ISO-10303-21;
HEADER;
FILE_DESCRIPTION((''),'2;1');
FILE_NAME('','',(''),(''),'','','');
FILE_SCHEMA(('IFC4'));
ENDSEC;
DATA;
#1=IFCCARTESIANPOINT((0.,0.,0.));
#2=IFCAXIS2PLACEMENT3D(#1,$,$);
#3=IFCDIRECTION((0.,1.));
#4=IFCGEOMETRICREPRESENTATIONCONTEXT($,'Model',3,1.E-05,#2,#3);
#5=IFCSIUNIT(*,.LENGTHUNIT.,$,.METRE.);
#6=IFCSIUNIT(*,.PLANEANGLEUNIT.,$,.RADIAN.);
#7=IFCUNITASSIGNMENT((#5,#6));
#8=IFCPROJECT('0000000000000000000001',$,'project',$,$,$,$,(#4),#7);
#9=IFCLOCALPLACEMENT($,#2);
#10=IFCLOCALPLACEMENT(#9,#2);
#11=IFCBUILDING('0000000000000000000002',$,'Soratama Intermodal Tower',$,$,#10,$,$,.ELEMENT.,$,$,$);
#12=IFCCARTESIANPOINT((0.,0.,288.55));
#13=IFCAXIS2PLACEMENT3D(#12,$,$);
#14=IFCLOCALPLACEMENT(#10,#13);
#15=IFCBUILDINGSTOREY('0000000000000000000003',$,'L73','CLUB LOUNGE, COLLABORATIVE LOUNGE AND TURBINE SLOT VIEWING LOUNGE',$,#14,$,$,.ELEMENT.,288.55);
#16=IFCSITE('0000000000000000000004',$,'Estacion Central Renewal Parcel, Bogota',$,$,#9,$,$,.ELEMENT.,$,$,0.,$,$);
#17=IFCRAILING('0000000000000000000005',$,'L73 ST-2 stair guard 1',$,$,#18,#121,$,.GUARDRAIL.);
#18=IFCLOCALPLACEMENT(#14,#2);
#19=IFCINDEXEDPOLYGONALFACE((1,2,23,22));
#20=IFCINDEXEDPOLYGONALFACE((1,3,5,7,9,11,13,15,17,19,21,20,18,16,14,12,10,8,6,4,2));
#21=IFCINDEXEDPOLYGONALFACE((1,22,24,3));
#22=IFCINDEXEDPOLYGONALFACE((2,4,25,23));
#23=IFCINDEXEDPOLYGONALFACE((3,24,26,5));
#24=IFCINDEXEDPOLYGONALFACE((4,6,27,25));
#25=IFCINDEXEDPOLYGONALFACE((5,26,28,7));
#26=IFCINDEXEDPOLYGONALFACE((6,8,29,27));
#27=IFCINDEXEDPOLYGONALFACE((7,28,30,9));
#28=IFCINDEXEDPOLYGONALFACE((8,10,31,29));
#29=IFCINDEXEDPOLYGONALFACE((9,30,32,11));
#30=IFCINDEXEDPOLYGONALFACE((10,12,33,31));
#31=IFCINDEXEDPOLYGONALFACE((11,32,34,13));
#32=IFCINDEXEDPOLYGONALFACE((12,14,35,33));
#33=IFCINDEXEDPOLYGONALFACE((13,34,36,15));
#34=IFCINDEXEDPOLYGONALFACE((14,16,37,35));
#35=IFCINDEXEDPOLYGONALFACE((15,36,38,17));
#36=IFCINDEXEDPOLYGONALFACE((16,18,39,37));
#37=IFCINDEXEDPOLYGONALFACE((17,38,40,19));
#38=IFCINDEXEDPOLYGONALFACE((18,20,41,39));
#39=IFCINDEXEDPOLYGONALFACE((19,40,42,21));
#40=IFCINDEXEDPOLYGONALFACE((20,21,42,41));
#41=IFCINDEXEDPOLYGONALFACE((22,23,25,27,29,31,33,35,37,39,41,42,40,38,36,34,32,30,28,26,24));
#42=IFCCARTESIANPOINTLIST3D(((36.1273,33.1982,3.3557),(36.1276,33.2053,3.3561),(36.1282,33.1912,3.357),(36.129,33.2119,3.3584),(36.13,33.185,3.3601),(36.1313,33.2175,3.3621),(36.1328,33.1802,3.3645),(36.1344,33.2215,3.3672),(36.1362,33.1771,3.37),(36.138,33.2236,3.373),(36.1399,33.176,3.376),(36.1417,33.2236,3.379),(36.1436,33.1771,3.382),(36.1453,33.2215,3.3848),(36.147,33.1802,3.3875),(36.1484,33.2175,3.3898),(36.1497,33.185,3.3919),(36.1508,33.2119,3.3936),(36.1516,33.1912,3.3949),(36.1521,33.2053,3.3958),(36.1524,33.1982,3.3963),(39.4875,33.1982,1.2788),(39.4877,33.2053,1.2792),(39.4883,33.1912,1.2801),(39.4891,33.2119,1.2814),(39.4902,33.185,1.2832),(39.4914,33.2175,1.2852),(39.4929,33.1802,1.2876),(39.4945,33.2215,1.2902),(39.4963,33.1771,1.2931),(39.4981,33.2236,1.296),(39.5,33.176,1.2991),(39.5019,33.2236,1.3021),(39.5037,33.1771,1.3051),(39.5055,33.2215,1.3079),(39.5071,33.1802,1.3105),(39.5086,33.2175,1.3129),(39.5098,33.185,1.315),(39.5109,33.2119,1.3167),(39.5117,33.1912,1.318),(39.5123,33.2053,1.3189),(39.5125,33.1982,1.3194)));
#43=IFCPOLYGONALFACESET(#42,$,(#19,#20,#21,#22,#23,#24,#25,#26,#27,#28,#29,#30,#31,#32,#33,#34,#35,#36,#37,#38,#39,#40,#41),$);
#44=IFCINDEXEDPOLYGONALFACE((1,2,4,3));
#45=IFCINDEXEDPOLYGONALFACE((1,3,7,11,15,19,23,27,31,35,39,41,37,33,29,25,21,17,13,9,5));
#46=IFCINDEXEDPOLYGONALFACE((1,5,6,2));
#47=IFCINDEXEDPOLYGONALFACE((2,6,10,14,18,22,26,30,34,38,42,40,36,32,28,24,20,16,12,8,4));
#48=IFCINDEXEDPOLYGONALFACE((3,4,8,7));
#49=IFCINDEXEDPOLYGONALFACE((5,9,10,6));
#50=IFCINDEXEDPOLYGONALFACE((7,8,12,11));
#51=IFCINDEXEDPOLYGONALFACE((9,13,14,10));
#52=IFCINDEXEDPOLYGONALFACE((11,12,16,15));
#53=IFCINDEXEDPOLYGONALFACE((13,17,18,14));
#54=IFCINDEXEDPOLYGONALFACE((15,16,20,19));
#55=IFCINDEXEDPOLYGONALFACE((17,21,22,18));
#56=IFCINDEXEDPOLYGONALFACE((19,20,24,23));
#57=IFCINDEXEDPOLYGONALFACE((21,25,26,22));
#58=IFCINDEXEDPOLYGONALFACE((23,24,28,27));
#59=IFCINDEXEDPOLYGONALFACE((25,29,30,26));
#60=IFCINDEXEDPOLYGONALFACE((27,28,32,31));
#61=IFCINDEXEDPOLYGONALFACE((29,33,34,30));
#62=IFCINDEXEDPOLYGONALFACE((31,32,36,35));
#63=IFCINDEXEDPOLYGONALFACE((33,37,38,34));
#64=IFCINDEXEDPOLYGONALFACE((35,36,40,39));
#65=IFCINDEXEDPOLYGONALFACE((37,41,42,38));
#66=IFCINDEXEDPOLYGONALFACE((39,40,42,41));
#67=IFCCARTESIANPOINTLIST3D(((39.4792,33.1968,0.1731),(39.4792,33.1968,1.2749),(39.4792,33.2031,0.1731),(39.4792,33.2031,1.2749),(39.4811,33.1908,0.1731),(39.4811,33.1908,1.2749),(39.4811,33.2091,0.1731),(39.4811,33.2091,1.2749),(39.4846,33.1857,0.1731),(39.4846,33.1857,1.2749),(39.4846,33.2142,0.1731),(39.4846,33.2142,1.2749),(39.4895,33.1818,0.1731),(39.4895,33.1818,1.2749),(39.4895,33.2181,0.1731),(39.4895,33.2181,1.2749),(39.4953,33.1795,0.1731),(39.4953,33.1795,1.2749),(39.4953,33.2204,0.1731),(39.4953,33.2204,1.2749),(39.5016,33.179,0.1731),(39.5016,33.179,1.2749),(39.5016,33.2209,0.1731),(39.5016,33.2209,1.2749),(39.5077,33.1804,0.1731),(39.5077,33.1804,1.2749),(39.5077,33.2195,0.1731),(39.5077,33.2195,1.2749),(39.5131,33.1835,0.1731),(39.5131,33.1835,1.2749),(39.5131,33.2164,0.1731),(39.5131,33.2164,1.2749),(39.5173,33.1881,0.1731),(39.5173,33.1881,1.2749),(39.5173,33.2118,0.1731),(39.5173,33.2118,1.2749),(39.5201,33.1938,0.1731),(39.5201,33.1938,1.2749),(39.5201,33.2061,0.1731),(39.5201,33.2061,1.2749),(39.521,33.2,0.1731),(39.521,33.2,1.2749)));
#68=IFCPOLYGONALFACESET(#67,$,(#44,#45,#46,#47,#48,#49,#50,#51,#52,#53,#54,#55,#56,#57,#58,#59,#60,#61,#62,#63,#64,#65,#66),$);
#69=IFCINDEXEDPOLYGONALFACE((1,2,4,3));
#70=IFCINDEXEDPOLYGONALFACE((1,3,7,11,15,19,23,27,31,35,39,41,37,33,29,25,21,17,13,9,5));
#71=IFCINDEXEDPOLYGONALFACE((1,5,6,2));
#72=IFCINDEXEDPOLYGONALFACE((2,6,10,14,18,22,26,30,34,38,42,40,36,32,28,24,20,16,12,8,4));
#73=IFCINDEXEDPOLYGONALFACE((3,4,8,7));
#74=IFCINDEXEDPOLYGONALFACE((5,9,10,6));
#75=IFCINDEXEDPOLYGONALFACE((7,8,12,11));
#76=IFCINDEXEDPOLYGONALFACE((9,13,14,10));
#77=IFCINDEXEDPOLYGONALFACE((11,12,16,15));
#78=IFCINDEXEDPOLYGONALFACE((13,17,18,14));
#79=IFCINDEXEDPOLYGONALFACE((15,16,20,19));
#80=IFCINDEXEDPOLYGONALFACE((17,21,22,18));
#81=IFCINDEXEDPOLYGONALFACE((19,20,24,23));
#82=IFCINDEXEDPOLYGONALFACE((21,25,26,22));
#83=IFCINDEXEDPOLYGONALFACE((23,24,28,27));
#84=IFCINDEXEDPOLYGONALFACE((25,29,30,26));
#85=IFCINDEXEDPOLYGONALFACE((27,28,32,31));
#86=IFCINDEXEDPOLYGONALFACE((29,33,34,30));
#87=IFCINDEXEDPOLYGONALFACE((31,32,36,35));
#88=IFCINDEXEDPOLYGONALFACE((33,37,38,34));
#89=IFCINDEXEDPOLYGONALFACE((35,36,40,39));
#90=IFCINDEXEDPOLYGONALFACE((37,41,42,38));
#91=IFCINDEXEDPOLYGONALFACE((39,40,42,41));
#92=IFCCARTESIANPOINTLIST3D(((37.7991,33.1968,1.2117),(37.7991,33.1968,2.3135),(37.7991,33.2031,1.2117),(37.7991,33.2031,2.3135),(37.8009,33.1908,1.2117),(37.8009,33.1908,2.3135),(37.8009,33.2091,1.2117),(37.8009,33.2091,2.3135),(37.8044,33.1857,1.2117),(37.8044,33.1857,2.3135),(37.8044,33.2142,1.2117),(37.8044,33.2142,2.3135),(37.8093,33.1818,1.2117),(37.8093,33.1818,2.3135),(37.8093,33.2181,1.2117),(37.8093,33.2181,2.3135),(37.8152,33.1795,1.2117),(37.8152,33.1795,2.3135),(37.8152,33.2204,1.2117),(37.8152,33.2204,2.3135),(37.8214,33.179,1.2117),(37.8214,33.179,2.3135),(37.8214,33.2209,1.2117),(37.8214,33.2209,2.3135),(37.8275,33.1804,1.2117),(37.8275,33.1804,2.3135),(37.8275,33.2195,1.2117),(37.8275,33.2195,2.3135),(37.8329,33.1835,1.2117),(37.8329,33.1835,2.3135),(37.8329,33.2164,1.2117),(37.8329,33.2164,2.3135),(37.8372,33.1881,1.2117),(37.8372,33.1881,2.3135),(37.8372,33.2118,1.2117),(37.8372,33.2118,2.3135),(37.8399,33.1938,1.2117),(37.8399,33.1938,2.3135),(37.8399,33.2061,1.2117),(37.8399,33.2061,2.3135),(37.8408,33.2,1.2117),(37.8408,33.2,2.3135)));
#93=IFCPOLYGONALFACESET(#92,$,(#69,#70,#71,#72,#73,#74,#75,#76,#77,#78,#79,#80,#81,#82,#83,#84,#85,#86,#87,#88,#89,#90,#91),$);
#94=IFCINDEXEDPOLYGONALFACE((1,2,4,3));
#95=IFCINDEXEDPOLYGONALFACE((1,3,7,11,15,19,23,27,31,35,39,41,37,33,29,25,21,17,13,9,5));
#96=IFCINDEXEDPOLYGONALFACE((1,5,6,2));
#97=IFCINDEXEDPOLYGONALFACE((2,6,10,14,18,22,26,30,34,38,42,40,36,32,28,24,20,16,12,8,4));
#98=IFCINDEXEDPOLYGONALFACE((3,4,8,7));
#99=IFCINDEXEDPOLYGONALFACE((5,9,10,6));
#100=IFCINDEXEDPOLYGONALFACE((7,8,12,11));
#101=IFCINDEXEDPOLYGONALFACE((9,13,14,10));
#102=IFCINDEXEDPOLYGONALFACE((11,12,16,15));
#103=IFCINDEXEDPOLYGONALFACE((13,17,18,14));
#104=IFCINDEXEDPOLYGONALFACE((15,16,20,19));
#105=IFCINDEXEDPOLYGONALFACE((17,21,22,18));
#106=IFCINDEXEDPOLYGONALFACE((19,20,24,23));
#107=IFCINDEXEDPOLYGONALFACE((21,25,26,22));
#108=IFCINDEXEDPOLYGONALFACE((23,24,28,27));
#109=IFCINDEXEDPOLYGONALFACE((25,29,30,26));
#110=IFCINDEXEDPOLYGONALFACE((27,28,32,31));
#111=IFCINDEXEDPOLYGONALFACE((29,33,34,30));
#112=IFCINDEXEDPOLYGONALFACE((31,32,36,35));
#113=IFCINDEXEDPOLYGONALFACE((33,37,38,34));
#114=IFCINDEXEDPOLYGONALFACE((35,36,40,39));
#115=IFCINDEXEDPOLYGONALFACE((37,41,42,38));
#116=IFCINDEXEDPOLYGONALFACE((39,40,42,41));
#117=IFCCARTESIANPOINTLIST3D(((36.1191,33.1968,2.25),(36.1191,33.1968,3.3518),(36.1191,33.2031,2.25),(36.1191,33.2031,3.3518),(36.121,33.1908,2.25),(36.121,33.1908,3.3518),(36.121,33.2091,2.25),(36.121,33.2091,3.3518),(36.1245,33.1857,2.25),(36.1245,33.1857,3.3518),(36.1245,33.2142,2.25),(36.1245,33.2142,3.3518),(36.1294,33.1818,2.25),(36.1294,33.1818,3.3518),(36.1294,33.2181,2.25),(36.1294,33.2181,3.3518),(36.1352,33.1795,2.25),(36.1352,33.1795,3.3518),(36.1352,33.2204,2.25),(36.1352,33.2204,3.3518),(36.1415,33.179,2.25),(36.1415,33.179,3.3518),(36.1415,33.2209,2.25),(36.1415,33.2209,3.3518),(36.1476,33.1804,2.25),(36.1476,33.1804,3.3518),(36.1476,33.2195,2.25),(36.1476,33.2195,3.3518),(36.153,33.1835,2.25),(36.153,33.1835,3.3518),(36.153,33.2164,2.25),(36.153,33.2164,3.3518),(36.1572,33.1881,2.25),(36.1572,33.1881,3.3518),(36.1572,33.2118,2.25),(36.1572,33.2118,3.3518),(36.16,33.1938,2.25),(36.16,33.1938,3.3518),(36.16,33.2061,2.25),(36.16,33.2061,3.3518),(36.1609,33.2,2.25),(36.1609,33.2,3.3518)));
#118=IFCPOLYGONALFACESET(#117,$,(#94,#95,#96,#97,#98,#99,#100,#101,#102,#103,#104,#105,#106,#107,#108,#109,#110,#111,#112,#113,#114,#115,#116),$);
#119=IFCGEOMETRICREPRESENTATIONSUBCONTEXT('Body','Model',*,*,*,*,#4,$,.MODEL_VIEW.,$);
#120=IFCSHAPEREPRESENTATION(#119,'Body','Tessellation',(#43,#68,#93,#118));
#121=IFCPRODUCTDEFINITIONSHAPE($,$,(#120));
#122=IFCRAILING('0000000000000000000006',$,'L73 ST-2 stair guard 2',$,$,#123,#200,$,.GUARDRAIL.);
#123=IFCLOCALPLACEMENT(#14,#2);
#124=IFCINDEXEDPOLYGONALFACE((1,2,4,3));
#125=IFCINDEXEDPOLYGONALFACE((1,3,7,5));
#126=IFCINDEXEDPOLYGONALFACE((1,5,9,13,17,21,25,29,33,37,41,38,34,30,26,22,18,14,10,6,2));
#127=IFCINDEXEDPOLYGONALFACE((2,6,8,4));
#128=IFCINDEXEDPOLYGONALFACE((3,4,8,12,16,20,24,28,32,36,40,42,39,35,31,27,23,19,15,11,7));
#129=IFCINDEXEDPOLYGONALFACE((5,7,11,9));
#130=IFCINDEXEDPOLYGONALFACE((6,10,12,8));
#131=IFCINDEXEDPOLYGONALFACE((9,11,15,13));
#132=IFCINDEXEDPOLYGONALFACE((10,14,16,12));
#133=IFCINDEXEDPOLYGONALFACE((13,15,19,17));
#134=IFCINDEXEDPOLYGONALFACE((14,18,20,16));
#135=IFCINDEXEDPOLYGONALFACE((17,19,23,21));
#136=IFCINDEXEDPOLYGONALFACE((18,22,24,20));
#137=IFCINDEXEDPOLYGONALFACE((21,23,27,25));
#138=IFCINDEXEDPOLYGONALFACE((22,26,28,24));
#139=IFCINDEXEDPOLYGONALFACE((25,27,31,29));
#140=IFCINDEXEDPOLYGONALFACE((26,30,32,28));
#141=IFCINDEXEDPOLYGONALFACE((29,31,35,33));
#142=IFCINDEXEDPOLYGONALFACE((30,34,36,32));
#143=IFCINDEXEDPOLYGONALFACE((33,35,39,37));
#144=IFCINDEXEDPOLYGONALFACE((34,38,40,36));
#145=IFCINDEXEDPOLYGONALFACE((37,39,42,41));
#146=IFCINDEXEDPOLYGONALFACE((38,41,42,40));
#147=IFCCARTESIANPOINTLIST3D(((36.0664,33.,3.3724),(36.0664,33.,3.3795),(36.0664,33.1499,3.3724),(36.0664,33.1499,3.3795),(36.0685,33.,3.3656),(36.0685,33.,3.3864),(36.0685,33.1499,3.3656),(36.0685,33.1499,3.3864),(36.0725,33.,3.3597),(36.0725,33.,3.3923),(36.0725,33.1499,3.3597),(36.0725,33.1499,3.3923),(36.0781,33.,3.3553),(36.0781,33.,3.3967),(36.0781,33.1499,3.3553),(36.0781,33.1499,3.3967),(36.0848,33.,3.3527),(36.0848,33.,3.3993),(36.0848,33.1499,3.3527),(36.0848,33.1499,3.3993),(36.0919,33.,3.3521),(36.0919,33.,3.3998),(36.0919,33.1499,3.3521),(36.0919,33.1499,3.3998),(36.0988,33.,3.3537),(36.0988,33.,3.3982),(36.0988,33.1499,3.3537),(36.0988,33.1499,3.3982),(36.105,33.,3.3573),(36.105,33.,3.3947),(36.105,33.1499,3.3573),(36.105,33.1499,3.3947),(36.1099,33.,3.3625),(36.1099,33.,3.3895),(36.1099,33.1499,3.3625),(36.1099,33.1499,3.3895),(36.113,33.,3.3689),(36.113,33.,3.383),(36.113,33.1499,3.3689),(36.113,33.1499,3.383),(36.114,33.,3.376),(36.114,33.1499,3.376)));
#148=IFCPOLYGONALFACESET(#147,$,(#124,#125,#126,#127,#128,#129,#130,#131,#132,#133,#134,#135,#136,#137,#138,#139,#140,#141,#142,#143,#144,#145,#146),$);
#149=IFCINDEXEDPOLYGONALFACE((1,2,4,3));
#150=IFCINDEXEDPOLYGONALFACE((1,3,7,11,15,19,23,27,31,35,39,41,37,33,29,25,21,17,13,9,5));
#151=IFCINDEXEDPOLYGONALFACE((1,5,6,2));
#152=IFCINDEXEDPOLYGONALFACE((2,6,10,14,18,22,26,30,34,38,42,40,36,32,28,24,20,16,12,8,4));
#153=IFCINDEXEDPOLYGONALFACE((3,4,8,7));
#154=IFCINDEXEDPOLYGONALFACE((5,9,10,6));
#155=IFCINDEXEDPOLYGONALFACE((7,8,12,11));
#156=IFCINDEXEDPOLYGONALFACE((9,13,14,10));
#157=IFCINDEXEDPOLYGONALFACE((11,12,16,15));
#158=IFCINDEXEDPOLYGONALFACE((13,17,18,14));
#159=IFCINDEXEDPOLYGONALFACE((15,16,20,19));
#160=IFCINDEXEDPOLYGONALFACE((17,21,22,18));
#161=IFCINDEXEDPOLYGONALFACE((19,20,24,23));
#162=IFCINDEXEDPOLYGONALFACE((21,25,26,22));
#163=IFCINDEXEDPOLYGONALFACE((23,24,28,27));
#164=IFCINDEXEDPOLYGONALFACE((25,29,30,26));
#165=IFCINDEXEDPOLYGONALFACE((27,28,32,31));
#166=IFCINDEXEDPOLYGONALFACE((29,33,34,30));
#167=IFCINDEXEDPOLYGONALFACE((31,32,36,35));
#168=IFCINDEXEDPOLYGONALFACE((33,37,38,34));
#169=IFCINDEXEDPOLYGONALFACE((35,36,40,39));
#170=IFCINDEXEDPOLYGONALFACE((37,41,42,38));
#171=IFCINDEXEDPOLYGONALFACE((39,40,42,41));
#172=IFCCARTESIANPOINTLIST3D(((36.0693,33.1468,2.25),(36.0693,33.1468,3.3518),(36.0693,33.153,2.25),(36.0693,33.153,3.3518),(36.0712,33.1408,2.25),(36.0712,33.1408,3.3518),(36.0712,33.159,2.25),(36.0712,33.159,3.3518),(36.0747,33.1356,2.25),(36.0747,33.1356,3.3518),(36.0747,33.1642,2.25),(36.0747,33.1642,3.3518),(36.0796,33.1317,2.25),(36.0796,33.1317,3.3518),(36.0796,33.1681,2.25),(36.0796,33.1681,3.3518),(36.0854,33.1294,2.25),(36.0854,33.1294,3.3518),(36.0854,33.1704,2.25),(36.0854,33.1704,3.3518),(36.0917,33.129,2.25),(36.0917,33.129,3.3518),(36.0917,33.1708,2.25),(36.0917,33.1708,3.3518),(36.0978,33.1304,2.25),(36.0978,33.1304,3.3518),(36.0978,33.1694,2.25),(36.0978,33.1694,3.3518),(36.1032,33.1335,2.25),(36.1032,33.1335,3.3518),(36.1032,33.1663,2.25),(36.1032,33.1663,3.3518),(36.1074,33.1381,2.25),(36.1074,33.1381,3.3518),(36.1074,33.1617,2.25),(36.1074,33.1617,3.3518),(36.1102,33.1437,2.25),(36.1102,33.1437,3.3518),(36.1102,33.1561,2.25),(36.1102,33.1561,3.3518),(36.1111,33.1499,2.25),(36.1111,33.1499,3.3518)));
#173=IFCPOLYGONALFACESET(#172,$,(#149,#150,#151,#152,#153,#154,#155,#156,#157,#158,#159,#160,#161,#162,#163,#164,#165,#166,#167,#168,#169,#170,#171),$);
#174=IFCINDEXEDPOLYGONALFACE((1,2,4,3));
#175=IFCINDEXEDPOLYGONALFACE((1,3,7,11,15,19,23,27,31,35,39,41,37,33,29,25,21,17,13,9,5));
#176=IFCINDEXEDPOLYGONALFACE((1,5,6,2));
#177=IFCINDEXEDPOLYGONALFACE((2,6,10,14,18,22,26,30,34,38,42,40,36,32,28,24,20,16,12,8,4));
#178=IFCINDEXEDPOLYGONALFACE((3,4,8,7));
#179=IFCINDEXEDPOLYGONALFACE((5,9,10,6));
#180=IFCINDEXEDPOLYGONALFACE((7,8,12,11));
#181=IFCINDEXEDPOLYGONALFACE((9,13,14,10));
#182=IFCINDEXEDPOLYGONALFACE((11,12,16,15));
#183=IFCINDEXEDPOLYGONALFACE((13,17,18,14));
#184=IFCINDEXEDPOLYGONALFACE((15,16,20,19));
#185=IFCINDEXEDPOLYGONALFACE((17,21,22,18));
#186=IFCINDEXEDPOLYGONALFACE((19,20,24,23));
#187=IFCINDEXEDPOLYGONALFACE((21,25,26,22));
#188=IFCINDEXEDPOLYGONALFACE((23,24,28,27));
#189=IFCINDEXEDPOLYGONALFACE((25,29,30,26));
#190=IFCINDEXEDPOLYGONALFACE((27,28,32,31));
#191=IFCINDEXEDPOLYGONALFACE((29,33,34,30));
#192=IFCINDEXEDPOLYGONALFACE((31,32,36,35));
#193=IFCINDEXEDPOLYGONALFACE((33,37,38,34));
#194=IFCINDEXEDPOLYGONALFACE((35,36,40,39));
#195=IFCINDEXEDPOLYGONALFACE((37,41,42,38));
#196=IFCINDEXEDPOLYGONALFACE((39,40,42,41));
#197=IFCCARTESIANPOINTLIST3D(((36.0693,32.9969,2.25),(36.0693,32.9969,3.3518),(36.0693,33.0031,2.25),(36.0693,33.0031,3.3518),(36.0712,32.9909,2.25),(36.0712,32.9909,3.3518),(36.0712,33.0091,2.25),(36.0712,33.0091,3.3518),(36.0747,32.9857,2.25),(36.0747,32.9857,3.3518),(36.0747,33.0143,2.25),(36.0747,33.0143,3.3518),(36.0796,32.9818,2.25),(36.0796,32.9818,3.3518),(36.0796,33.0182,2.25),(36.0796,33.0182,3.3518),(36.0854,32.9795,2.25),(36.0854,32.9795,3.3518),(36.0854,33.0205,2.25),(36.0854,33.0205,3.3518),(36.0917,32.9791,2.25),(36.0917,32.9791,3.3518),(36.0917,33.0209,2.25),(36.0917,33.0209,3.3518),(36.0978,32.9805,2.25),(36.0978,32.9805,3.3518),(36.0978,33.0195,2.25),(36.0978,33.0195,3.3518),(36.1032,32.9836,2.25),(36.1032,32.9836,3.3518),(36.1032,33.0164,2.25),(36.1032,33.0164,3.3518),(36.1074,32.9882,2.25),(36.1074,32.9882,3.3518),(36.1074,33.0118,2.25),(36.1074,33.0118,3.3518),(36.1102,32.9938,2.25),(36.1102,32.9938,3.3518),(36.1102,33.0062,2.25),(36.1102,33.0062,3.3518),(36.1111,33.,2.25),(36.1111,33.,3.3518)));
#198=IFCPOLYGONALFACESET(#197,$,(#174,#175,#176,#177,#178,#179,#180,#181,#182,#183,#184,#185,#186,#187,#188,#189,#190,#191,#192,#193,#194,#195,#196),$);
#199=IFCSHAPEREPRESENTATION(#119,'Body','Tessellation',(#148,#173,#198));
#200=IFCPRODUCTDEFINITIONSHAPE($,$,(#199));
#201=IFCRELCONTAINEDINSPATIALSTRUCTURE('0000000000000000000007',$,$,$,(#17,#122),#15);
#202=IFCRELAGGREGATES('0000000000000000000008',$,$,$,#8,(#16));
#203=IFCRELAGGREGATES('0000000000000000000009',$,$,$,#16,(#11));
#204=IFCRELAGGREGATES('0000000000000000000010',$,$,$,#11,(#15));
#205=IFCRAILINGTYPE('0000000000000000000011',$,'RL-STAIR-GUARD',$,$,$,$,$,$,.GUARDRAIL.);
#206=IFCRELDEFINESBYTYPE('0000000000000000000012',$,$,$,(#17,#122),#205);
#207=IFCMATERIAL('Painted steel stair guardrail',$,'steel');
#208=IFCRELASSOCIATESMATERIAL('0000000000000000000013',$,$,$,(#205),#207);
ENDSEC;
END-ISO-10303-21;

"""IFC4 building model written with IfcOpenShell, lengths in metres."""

from ifc_helpers import new_model, si_unit, direction, frame, origin, origin_2d, place, context, subcontext, project, spatial, circle, extrude, material, type_object, element, save


model = new_model("IFC4")

# Units and contexts
model_context = context("Model", 3, precision=1e-05, world=origin(), true_north=direction((0.0, 1.0)))
body_context = subcontext(model_context, "Body", "Model", "MODEL_VIEW")
ifc_project = project(units=[si_unit("LENGTHUNIT", "METRE"), si_unit("PLANEANGLEUNIT", "RADIAN")], contexts=[model_context])

# Site, building, storey
site_placement = place(None, origin())
site = spatial("IfcSite", under=ifc_project, at=site_placement, Name="Estacion Central Renewal Parcel, Bogota", CompositionType="ELEMENT", RefElevation=0.0)
building_placement = place(site_placement, origin())
building = spatial("IfcBuilding", under=site, at=building_placement, Name="Soratama Intermodal Tower", CompositionType="ELEMENT")
storey_placement = place(building_placement, frame((0.0, 0.0, 288.55)))
storey = spatial("IfcBuildingStorey", under=building, at=storey_placement, Name="L73", Description="CLUB LOUNGE, COLLABORATIVE LOUNGE AND TURBINE SLOT VIEWING LOUNGE", CompositionType="ELEMENT", Elevation=288.55)

# Railings
ifc_material_1 = material(Name="Painted steel stair guardrail", Category="steel")
railing_type_1 = type_object("IfcRailingType", Name="RL-STAIR-GUARD", PredefinedType="GUARDRAIL", material=ifc_material_1)
railing_1_placement = place(storey_placement, frame((39.5, 33.2, 0.1731)))
element("IfcRailing", 1, at=railing_1_placement, inside=storey, type_object=railing_type_1, Name="L73 ST-2 stair guard 1", PredefinedType="GUARDRAIL", context=body_context, shape_type="SweptSolid", body=[
    extrude(circle(Radius=0.0239, at=origin_2d()), frame((0.0, 0.0, 1.126), z_axis=(-0.850623, 0.0, 0.525776), x_axis=(0.0, -1.0, 0.0)), (0.0, 0.0, 1.0), 3.9502),
    extrude(circle(Radius=0.021, at=origin_2d()), origin(), (0.0, 0.0, 1.0), 1.1018),
    extrude(circle(Radius=0.021, at=origin_2d()), frame((-1.6802, 0.0, 1.0386)), (0.0, 0.0, 1.0), 1.1018),
    extrude(circle(Radius=0.021, at=origin_2d()), frame((-3.3601, 0.0, 2.0769)), (0.0, 0.0, 1.0), 1.1018),
])
railing_2_placement = place(storey_placement, frame((36.0901, 33.1499, 2.25)))
element("IfcRailing", 2, at=railing_2_placement, inside=storey, type_object=railing_type_1, Name="L73 ST-2 stair guard 2", PredefinedType="GUARDRAIL", context=body_context, shape_type="SweptSolid", body=[
    extrude(circle(Radius=0.0239, at=origin_2d()), frame((0.0, 0.0, 1.126), z_axis=(0.0, -1.0, 0.0), x_axis=(1.0, 0.0, 0.0)), (0.0, 0.0, 1.0), 0.1499),
    extrude(circle(Radius=0.021, at=origin_2d()), origin(), (0.0, 0.0, 1.0), 1.1018),
    extrude(circle(Radius=0.021, at=origin_2d()), frame((0.0, -0.1499, 0.0)), (0.0, 0.0, 1.0), 1.1018),
])

save(model, "model.ifc")
